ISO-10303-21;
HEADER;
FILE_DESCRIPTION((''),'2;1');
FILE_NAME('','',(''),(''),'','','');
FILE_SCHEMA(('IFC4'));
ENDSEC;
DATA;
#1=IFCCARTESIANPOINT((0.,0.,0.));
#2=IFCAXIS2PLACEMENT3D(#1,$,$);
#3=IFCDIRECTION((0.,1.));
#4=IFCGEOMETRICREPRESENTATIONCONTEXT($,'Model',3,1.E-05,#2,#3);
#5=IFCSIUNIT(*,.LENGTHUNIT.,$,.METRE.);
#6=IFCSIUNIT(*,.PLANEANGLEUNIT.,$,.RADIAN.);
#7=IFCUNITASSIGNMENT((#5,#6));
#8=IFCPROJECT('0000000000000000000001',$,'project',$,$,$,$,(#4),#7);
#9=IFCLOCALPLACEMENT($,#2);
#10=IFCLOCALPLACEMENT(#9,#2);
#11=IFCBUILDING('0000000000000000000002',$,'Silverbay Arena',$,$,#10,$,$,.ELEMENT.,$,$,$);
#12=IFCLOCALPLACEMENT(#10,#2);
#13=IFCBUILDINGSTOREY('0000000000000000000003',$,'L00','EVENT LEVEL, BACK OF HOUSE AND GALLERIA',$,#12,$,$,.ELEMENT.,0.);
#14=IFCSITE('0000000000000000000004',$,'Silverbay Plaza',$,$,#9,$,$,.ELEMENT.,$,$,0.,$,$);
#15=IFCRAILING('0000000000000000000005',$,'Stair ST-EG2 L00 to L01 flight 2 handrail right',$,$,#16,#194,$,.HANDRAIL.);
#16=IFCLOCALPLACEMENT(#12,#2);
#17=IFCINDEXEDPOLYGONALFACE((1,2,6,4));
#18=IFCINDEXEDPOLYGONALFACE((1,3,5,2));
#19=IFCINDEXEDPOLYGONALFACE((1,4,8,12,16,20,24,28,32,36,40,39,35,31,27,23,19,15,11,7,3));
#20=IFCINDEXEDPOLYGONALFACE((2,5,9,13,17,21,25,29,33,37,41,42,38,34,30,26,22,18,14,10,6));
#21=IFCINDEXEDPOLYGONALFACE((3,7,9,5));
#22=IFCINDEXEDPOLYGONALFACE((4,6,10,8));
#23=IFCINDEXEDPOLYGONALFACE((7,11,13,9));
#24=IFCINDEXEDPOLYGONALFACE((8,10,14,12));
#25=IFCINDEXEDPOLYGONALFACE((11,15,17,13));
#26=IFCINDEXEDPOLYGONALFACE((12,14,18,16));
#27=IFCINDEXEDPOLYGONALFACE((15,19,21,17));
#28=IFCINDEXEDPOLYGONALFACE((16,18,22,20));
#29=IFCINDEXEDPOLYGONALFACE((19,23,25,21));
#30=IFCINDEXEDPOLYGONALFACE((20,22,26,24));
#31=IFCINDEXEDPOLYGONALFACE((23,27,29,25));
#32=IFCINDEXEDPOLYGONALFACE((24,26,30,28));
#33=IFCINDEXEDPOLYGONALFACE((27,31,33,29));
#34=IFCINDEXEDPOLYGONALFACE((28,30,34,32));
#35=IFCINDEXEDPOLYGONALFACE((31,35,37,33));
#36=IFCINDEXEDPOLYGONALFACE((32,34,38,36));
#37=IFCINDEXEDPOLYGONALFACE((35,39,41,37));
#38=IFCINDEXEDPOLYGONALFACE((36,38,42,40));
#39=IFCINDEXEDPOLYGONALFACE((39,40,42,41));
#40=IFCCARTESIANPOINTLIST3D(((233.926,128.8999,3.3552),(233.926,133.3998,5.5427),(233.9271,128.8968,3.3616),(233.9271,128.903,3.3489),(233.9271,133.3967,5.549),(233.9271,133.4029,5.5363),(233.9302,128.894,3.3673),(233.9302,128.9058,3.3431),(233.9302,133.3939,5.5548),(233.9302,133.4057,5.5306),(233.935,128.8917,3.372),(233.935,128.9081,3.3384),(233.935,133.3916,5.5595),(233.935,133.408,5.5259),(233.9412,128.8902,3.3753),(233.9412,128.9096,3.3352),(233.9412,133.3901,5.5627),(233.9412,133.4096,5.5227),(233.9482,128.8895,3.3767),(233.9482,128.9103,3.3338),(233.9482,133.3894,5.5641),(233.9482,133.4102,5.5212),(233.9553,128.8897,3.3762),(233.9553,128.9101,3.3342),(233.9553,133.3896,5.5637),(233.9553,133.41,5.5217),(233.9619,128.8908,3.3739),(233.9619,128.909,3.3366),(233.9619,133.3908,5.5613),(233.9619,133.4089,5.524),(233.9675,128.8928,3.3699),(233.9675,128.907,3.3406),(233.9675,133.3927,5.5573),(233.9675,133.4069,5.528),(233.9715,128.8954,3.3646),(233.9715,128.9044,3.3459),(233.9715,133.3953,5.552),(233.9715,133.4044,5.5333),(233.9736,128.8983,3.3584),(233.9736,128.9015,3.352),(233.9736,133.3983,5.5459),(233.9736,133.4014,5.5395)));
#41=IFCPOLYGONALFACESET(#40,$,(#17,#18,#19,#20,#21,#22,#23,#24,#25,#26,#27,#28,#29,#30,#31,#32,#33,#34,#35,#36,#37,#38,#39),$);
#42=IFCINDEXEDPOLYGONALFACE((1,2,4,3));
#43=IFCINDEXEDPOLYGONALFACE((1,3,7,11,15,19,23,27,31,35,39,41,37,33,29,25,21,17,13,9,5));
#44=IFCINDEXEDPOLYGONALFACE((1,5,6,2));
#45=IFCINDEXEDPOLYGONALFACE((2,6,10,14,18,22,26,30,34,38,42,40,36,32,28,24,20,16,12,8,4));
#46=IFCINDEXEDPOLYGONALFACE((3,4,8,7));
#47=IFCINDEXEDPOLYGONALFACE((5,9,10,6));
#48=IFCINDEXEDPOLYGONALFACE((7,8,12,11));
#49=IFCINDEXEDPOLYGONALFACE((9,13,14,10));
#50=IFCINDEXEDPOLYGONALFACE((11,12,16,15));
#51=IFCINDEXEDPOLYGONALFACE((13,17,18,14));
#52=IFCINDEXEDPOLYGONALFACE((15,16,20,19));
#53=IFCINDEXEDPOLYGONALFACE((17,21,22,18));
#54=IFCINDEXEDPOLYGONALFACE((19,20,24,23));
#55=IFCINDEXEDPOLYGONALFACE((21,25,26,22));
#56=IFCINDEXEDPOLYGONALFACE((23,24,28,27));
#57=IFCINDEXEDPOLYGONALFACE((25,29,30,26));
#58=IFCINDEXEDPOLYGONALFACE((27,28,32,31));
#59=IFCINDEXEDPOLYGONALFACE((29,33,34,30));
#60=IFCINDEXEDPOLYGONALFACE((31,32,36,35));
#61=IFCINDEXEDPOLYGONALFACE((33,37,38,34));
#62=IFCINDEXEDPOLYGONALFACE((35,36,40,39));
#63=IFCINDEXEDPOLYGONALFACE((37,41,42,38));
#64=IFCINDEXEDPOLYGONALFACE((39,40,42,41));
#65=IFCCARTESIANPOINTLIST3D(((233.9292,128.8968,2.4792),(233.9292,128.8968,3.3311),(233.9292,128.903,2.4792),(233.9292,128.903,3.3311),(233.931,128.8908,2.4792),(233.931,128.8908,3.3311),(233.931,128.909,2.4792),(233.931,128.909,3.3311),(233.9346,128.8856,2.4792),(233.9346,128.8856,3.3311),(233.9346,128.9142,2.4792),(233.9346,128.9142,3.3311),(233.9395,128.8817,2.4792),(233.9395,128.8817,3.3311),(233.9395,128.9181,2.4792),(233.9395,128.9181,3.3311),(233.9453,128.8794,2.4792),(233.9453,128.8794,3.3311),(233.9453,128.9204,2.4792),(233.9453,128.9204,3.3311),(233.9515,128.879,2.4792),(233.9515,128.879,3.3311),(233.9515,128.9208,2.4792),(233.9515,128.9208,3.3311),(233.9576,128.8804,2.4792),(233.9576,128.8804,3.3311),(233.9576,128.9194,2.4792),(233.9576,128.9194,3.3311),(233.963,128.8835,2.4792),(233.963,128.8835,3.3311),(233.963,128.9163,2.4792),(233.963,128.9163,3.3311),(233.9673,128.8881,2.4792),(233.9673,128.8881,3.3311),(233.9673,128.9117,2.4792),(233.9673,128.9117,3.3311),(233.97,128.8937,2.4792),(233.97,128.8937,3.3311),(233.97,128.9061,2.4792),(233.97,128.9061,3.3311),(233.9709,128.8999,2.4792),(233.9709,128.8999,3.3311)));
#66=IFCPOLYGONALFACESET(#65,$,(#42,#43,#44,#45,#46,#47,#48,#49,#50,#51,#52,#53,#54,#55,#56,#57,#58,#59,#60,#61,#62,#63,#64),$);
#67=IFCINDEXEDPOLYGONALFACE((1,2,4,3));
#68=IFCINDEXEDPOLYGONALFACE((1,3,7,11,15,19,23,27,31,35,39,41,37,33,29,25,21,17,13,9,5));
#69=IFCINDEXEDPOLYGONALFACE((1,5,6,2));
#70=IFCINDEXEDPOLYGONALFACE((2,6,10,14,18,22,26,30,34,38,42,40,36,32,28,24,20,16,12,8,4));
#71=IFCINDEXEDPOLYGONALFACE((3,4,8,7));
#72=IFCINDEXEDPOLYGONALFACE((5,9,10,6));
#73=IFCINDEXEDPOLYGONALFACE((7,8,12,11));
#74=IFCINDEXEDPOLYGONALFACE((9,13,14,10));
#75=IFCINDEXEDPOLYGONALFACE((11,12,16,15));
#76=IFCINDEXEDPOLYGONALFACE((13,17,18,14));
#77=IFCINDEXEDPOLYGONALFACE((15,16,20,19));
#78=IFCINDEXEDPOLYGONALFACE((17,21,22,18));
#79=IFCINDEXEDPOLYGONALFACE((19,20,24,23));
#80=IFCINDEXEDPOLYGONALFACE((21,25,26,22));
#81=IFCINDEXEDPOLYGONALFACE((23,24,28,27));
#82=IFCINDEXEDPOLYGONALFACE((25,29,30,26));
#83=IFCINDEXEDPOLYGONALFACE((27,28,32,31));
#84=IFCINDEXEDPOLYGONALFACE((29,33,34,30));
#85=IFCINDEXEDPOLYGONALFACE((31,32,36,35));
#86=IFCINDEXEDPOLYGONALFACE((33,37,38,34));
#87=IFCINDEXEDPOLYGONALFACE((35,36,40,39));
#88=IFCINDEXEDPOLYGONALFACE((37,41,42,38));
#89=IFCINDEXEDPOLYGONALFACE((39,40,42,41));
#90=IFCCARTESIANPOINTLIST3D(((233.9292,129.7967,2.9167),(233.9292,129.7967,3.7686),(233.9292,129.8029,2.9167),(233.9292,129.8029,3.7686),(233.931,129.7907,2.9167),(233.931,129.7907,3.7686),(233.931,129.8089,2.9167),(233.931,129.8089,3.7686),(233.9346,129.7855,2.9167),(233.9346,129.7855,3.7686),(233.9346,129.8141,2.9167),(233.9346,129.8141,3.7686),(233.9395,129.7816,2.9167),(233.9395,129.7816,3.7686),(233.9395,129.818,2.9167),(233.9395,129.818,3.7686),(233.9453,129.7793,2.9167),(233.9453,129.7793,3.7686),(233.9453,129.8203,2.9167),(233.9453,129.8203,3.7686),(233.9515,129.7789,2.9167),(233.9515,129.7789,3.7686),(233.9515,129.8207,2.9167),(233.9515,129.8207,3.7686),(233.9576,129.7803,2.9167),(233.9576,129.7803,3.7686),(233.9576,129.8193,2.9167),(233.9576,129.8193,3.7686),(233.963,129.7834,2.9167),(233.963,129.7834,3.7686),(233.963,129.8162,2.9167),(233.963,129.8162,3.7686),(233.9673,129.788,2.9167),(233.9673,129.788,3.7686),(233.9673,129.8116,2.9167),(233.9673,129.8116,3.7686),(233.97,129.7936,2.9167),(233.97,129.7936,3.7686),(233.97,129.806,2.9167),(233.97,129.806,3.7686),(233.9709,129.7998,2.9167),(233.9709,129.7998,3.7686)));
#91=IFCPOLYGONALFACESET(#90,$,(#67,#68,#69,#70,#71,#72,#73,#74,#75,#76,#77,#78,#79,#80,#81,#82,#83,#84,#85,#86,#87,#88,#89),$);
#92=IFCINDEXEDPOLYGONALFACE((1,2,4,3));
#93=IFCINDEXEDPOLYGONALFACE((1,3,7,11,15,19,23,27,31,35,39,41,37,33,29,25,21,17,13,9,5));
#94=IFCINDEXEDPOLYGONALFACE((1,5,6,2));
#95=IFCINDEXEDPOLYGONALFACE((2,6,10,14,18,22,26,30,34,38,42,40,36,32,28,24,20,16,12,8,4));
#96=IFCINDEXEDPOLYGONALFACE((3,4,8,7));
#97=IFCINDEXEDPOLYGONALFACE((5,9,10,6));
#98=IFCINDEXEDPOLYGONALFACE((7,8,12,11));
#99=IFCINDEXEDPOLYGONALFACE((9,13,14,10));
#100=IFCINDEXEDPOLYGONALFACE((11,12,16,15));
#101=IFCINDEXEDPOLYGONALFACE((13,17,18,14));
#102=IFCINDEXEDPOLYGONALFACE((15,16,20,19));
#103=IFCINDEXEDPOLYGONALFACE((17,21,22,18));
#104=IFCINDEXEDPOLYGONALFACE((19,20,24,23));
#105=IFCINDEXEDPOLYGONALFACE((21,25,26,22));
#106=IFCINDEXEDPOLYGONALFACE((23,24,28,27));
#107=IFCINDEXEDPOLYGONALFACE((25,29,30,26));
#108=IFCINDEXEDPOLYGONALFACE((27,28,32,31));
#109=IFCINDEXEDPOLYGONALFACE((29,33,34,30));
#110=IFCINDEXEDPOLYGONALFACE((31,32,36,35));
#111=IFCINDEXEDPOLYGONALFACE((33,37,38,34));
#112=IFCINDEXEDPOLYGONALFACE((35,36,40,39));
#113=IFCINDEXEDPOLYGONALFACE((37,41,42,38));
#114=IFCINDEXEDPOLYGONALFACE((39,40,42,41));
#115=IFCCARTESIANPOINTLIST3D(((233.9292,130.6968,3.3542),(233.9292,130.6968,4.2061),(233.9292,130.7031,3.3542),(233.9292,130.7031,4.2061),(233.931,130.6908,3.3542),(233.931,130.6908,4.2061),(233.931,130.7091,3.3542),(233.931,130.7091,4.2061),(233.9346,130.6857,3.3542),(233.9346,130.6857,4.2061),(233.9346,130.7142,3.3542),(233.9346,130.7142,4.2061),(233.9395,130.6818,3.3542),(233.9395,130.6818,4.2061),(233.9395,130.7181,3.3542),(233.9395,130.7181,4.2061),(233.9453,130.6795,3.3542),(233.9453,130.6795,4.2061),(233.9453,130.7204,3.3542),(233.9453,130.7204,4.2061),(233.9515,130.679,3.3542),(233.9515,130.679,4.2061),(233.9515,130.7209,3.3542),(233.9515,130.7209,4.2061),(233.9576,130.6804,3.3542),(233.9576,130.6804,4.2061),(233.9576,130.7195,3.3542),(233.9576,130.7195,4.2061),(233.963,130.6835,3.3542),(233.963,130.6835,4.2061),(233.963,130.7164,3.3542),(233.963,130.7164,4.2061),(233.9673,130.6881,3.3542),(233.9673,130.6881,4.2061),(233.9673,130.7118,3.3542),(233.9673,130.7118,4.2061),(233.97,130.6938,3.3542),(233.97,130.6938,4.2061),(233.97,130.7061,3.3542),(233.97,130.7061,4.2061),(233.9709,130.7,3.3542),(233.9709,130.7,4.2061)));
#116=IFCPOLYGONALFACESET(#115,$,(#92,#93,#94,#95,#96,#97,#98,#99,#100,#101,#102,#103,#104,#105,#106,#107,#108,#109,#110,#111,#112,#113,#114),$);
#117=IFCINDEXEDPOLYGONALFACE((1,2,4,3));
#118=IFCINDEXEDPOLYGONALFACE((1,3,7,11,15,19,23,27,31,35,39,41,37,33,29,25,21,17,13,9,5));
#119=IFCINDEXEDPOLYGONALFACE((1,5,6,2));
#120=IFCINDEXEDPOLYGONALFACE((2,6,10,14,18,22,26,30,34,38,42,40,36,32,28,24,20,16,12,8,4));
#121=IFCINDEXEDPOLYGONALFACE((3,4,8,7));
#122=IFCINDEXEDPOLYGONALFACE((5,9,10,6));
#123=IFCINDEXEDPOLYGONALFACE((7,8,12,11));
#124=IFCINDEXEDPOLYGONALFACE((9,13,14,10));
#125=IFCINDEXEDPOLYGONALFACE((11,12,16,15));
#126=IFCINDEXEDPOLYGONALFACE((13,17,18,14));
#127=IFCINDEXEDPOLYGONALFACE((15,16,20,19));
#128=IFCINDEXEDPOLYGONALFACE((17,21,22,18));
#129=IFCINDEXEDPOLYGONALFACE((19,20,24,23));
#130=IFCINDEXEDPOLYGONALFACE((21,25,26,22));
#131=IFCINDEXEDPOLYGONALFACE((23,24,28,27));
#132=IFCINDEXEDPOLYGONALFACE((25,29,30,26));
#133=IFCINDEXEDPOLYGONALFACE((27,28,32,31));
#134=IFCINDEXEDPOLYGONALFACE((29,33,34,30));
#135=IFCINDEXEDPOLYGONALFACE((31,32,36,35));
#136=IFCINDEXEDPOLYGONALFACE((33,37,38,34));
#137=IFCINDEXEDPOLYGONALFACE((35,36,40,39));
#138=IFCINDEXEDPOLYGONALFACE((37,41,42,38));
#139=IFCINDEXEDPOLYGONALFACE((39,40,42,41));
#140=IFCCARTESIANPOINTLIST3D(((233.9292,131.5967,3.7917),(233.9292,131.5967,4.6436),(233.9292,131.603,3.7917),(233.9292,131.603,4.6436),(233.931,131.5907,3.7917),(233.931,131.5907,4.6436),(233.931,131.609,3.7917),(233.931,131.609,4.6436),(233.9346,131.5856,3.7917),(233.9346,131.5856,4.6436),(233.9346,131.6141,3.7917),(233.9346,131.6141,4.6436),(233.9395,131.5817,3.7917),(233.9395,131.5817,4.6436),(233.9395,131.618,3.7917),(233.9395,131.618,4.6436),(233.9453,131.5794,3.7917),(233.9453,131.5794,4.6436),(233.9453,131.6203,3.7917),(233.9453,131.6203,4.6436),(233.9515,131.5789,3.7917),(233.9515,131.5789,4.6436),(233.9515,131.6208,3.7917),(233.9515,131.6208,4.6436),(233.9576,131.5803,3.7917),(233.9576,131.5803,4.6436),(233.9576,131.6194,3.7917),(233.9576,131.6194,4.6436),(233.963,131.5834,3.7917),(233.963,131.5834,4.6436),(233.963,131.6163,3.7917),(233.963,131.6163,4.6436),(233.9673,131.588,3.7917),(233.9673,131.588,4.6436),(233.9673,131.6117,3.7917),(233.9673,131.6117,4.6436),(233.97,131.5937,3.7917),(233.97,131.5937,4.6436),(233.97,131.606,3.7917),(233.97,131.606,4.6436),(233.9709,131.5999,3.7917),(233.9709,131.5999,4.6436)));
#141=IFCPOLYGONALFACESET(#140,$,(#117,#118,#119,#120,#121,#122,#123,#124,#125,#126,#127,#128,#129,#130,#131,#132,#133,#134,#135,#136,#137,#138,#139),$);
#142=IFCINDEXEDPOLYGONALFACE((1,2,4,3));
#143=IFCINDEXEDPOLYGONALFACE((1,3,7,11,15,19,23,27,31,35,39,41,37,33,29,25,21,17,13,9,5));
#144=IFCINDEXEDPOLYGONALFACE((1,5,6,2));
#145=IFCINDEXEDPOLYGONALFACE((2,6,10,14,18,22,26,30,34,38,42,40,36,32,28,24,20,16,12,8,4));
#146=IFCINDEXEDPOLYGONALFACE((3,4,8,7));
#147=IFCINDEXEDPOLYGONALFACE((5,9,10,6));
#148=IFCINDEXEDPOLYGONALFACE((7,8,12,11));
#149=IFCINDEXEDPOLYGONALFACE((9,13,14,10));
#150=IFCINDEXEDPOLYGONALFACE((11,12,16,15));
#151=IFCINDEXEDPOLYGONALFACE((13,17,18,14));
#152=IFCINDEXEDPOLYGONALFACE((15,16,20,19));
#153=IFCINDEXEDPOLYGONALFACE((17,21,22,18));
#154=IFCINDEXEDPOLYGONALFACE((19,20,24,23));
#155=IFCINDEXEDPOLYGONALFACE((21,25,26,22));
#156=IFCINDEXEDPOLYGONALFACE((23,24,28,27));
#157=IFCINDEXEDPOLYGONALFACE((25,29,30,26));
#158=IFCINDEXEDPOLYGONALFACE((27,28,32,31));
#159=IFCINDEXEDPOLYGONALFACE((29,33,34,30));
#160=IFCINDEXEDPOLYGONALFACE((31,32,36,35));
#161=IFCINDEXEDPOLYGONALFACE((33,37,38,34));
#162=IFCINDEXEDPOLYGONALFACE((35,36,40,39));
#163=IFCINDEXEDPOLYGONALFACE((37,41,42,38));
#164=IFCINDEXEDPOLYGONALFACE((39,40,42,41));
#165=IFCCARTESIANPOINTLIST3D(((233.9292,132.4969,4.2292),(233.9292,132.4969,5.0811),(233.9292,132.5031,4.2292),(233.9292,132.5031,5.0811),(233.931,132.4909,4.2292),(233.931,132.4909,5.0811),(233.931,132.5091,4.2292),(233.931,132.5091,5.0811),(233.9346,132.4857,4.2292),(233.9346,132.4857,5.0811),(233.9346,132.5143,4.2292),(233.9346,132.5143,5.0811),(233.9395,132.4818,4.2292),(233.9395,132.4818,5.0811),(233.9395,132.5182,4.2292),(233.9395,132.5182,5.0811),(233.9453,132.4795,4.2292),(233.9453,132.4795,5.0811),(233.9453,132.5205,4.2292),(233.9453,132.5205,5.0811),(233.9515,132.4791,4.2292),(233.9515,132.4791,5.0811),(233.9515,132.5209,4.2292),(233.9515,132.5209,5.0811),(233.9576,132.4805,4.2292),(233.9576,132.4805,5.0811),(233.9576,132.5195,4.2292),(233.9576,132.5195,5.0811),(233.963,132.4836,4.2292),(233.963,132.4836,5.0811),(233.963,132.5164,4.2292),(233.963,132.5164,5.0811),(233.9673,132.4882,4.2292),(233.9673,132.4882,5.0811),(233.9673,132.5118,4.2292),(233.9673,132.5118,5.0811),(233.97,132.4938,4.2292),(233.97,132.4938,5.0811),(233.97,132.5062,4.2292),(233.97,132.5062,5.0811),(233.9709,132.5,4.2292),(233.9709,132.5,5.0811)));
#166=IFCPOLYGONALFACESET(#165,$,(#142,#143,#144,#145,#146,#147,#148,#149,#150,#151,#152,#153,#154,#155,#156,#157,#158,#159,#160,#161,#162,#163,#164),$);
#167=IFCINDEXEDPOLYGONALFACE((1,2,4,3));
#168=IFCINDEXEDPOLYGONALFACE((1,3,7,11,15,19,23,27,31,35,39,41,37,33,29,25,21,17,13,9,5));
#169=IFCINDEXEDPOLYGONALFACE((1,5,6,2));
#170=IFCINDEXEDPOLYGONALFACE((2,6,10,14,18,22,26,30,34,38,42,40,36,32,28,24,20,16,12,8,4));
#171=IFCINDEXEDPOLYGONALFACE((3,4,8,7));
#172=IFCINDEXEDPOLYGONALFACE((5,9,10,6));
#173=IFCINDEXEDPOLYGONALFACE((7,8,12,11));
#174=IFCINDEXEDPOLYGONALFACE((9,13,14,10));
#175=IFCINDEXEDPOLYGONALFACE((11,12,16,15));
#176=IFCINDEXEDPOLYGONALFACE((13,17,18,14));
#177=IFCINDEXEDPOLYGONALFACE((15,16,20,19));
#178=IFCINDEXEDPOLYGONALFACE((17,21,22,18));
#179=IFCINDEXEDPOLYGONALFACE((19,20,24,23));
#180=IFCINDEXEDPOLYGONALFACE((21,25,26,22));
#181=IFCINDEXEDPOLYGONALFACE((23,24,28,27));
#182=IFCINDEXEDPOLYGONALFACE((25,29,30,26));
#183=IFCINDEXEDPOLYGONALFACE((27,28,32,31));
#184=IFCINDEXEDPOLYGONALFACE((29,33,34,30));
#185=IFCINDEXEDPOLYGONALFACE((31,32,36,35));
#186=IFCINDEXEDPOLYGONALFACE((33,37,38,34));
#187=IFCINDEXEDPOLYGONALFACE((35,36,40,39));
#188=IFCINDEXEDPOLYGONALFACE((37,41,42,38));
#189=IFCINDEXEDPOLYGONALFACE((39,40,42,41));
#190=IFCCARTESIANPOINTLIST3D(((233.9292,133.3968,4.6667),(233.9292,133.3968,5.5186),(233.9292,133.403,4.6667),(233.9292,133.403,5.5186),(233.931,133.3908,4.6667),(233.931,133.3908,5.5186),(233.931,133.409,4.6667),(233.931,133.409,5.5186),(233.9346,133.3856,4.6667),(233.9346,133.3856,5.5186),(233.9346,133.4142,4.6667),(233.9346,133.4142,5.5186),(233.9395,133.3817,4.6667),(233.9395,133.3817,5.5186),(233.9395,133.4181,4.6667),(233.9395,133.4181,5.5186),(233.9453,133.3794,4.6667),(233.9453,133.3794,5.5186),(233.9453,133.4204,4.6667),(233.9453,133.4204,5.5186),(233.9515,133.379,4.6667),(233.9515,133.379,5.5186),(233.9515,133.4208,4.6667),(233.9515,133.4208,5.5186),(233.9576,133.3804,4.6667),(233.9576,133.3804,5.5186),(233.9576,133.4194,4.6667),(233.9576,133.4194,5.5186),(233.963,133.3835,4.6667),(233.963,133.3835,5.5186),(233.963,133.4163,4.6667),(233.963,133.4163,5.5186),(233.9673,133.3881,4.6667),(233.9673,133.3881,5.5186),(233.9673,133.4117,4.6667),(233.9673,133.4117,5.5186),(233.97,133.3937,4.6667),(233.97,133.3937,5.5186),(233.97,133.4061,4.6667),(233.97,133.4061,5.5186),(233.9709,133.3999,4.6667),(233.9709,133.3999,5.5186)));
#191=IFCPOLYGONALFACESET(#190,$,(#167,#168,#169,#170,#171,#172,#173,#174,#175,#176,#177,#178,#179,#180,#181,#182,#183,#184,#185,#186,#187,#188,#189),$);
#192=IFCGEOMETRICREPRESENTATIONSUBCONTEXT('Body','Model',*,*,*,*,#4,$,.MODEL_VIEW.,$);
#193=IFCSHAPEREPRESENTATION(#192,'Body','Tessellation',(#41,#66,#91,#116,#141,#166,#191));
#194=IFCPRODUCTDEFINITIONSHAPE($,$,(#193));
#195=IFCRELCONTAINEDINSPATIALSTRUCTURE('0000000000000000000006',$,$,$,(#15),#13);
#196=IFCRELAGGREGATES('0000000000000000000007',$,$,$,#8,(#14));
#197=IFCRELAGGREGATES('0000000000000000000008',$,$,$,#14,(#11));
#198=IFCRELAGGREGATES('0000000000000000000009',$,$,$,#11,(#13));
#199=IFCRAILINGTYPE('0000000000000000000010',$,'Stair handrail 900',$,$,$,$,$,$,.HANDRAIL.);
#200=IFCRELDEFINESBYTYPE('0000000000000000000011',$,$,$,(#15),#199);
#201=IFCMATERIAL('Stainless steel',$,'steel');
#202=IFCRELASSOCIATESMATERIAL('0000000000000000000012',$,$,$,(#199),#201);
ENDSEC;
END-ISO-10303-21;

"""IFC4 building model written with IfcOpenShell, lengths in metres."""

from ifc_helpers import new_model, si_unit, direction, frame, origin, origin_2d, place, context, subcontext, project, spatial, circle, extrude, material, type_object, element, save


model = new_model("IFC4")

# Units and contexts
model_context = context("Model", 3, precision=1e-05, world=origin(), true_north=direction((0.0, 1.0)))
body_context = subcontext(model_context, "Body", "Model", "MODEL_VIEW")
ifc_project = project(units=[si_unit("LENGTHUNIT", "METRE"), si_unit("PLANEANGLEUNIT", "RADIAN")], contexts=[model_context])

# Site, building, storey
site_placement = place(None, origin())
site = spatial("IfcSite", under=ifc_project, at=site_placement, Name="Silverbay Plaza", CompositionType="ELEMENT", RefElevation=0.0)
building_placement = place(site_placement, origin())
building = spatial("IfcBuilding", under=site, at=building_placement, Name="Silverbay Arena", CompositionType="ELEMENT")
storey_placement = place(building_placement, origin())
storey = spatial("IfcBuildingStorey", under=building, at=storey_placement, Name="L00", Description="EVENT LEVEL, BACK OF HOUSE AND GALLERIA", CompositionType="ELEMENT", Elevation=0.0)

# Railing
ifc_material_1 = material(Name="Stainless steel", Category="steel")
railing_type_1 = type_object("IfcRailingType", Name="Stair handrail 900", PredefinedType="HANDRAIL", material=ifc_material_1)
for number, where, name in (
    (1, (233.95, 128.8999, 2.4792), "Stair ST-EG2 L00 to L01 flight 2 handrail right"),
):
    element("IfcRailing", number, at=place(storey_placement, frame(where)), inside=storey, type_object=railing_type_1, Name=name, PredefinedType="HANDRAIL", context=body_context, shape_type="SweptSolid", body=[
        extrude(circle(Radius=0.0239, at=origin_2d()), frame((0.0, 0.0, 0.876), z_axis=(0.0, 0.899368, 0.437193), x_axis=(-1.0, 0.0, 0.0)), (0.0, 0.0, 1.0), 5.0034),
        extrude(circle(Radius=0.021, at=origin_2d()), origin(), (0.0, 0.0, 1.0), 0.8518),
        extrude(circle(Radius=0.021, at=origin_2d()), frame((0.0, 0.8999, 0.4375)), (0.0, 0.0, 1.0), 0.8518),
        extrude(circle(Radius=0.021, at=origin_2d()), frame((0.0, 1.8, 0.875)), (0.0, 0.0, 1.0), 0.8518),
        extrude(circle(Radius=0.021, at=origin_2d()), frame((0.0, 2.7, 1.3125)), (0.0, 0.0, 1.0), 0.8518),
        extrude(circle(Radius=0.021, at=origin_2d()), frame((0.0, 3.6001, 1.75)), (0.0, 0.0, 1.0), 0.8518),
        extrude(circle(Radius=0.021, at=origin_2d()), frame((0.0, 4.5, 2.1875)), (0.0, 0.0, 1.0), 0.8518),
    ])

save(model, "model.ifc")
